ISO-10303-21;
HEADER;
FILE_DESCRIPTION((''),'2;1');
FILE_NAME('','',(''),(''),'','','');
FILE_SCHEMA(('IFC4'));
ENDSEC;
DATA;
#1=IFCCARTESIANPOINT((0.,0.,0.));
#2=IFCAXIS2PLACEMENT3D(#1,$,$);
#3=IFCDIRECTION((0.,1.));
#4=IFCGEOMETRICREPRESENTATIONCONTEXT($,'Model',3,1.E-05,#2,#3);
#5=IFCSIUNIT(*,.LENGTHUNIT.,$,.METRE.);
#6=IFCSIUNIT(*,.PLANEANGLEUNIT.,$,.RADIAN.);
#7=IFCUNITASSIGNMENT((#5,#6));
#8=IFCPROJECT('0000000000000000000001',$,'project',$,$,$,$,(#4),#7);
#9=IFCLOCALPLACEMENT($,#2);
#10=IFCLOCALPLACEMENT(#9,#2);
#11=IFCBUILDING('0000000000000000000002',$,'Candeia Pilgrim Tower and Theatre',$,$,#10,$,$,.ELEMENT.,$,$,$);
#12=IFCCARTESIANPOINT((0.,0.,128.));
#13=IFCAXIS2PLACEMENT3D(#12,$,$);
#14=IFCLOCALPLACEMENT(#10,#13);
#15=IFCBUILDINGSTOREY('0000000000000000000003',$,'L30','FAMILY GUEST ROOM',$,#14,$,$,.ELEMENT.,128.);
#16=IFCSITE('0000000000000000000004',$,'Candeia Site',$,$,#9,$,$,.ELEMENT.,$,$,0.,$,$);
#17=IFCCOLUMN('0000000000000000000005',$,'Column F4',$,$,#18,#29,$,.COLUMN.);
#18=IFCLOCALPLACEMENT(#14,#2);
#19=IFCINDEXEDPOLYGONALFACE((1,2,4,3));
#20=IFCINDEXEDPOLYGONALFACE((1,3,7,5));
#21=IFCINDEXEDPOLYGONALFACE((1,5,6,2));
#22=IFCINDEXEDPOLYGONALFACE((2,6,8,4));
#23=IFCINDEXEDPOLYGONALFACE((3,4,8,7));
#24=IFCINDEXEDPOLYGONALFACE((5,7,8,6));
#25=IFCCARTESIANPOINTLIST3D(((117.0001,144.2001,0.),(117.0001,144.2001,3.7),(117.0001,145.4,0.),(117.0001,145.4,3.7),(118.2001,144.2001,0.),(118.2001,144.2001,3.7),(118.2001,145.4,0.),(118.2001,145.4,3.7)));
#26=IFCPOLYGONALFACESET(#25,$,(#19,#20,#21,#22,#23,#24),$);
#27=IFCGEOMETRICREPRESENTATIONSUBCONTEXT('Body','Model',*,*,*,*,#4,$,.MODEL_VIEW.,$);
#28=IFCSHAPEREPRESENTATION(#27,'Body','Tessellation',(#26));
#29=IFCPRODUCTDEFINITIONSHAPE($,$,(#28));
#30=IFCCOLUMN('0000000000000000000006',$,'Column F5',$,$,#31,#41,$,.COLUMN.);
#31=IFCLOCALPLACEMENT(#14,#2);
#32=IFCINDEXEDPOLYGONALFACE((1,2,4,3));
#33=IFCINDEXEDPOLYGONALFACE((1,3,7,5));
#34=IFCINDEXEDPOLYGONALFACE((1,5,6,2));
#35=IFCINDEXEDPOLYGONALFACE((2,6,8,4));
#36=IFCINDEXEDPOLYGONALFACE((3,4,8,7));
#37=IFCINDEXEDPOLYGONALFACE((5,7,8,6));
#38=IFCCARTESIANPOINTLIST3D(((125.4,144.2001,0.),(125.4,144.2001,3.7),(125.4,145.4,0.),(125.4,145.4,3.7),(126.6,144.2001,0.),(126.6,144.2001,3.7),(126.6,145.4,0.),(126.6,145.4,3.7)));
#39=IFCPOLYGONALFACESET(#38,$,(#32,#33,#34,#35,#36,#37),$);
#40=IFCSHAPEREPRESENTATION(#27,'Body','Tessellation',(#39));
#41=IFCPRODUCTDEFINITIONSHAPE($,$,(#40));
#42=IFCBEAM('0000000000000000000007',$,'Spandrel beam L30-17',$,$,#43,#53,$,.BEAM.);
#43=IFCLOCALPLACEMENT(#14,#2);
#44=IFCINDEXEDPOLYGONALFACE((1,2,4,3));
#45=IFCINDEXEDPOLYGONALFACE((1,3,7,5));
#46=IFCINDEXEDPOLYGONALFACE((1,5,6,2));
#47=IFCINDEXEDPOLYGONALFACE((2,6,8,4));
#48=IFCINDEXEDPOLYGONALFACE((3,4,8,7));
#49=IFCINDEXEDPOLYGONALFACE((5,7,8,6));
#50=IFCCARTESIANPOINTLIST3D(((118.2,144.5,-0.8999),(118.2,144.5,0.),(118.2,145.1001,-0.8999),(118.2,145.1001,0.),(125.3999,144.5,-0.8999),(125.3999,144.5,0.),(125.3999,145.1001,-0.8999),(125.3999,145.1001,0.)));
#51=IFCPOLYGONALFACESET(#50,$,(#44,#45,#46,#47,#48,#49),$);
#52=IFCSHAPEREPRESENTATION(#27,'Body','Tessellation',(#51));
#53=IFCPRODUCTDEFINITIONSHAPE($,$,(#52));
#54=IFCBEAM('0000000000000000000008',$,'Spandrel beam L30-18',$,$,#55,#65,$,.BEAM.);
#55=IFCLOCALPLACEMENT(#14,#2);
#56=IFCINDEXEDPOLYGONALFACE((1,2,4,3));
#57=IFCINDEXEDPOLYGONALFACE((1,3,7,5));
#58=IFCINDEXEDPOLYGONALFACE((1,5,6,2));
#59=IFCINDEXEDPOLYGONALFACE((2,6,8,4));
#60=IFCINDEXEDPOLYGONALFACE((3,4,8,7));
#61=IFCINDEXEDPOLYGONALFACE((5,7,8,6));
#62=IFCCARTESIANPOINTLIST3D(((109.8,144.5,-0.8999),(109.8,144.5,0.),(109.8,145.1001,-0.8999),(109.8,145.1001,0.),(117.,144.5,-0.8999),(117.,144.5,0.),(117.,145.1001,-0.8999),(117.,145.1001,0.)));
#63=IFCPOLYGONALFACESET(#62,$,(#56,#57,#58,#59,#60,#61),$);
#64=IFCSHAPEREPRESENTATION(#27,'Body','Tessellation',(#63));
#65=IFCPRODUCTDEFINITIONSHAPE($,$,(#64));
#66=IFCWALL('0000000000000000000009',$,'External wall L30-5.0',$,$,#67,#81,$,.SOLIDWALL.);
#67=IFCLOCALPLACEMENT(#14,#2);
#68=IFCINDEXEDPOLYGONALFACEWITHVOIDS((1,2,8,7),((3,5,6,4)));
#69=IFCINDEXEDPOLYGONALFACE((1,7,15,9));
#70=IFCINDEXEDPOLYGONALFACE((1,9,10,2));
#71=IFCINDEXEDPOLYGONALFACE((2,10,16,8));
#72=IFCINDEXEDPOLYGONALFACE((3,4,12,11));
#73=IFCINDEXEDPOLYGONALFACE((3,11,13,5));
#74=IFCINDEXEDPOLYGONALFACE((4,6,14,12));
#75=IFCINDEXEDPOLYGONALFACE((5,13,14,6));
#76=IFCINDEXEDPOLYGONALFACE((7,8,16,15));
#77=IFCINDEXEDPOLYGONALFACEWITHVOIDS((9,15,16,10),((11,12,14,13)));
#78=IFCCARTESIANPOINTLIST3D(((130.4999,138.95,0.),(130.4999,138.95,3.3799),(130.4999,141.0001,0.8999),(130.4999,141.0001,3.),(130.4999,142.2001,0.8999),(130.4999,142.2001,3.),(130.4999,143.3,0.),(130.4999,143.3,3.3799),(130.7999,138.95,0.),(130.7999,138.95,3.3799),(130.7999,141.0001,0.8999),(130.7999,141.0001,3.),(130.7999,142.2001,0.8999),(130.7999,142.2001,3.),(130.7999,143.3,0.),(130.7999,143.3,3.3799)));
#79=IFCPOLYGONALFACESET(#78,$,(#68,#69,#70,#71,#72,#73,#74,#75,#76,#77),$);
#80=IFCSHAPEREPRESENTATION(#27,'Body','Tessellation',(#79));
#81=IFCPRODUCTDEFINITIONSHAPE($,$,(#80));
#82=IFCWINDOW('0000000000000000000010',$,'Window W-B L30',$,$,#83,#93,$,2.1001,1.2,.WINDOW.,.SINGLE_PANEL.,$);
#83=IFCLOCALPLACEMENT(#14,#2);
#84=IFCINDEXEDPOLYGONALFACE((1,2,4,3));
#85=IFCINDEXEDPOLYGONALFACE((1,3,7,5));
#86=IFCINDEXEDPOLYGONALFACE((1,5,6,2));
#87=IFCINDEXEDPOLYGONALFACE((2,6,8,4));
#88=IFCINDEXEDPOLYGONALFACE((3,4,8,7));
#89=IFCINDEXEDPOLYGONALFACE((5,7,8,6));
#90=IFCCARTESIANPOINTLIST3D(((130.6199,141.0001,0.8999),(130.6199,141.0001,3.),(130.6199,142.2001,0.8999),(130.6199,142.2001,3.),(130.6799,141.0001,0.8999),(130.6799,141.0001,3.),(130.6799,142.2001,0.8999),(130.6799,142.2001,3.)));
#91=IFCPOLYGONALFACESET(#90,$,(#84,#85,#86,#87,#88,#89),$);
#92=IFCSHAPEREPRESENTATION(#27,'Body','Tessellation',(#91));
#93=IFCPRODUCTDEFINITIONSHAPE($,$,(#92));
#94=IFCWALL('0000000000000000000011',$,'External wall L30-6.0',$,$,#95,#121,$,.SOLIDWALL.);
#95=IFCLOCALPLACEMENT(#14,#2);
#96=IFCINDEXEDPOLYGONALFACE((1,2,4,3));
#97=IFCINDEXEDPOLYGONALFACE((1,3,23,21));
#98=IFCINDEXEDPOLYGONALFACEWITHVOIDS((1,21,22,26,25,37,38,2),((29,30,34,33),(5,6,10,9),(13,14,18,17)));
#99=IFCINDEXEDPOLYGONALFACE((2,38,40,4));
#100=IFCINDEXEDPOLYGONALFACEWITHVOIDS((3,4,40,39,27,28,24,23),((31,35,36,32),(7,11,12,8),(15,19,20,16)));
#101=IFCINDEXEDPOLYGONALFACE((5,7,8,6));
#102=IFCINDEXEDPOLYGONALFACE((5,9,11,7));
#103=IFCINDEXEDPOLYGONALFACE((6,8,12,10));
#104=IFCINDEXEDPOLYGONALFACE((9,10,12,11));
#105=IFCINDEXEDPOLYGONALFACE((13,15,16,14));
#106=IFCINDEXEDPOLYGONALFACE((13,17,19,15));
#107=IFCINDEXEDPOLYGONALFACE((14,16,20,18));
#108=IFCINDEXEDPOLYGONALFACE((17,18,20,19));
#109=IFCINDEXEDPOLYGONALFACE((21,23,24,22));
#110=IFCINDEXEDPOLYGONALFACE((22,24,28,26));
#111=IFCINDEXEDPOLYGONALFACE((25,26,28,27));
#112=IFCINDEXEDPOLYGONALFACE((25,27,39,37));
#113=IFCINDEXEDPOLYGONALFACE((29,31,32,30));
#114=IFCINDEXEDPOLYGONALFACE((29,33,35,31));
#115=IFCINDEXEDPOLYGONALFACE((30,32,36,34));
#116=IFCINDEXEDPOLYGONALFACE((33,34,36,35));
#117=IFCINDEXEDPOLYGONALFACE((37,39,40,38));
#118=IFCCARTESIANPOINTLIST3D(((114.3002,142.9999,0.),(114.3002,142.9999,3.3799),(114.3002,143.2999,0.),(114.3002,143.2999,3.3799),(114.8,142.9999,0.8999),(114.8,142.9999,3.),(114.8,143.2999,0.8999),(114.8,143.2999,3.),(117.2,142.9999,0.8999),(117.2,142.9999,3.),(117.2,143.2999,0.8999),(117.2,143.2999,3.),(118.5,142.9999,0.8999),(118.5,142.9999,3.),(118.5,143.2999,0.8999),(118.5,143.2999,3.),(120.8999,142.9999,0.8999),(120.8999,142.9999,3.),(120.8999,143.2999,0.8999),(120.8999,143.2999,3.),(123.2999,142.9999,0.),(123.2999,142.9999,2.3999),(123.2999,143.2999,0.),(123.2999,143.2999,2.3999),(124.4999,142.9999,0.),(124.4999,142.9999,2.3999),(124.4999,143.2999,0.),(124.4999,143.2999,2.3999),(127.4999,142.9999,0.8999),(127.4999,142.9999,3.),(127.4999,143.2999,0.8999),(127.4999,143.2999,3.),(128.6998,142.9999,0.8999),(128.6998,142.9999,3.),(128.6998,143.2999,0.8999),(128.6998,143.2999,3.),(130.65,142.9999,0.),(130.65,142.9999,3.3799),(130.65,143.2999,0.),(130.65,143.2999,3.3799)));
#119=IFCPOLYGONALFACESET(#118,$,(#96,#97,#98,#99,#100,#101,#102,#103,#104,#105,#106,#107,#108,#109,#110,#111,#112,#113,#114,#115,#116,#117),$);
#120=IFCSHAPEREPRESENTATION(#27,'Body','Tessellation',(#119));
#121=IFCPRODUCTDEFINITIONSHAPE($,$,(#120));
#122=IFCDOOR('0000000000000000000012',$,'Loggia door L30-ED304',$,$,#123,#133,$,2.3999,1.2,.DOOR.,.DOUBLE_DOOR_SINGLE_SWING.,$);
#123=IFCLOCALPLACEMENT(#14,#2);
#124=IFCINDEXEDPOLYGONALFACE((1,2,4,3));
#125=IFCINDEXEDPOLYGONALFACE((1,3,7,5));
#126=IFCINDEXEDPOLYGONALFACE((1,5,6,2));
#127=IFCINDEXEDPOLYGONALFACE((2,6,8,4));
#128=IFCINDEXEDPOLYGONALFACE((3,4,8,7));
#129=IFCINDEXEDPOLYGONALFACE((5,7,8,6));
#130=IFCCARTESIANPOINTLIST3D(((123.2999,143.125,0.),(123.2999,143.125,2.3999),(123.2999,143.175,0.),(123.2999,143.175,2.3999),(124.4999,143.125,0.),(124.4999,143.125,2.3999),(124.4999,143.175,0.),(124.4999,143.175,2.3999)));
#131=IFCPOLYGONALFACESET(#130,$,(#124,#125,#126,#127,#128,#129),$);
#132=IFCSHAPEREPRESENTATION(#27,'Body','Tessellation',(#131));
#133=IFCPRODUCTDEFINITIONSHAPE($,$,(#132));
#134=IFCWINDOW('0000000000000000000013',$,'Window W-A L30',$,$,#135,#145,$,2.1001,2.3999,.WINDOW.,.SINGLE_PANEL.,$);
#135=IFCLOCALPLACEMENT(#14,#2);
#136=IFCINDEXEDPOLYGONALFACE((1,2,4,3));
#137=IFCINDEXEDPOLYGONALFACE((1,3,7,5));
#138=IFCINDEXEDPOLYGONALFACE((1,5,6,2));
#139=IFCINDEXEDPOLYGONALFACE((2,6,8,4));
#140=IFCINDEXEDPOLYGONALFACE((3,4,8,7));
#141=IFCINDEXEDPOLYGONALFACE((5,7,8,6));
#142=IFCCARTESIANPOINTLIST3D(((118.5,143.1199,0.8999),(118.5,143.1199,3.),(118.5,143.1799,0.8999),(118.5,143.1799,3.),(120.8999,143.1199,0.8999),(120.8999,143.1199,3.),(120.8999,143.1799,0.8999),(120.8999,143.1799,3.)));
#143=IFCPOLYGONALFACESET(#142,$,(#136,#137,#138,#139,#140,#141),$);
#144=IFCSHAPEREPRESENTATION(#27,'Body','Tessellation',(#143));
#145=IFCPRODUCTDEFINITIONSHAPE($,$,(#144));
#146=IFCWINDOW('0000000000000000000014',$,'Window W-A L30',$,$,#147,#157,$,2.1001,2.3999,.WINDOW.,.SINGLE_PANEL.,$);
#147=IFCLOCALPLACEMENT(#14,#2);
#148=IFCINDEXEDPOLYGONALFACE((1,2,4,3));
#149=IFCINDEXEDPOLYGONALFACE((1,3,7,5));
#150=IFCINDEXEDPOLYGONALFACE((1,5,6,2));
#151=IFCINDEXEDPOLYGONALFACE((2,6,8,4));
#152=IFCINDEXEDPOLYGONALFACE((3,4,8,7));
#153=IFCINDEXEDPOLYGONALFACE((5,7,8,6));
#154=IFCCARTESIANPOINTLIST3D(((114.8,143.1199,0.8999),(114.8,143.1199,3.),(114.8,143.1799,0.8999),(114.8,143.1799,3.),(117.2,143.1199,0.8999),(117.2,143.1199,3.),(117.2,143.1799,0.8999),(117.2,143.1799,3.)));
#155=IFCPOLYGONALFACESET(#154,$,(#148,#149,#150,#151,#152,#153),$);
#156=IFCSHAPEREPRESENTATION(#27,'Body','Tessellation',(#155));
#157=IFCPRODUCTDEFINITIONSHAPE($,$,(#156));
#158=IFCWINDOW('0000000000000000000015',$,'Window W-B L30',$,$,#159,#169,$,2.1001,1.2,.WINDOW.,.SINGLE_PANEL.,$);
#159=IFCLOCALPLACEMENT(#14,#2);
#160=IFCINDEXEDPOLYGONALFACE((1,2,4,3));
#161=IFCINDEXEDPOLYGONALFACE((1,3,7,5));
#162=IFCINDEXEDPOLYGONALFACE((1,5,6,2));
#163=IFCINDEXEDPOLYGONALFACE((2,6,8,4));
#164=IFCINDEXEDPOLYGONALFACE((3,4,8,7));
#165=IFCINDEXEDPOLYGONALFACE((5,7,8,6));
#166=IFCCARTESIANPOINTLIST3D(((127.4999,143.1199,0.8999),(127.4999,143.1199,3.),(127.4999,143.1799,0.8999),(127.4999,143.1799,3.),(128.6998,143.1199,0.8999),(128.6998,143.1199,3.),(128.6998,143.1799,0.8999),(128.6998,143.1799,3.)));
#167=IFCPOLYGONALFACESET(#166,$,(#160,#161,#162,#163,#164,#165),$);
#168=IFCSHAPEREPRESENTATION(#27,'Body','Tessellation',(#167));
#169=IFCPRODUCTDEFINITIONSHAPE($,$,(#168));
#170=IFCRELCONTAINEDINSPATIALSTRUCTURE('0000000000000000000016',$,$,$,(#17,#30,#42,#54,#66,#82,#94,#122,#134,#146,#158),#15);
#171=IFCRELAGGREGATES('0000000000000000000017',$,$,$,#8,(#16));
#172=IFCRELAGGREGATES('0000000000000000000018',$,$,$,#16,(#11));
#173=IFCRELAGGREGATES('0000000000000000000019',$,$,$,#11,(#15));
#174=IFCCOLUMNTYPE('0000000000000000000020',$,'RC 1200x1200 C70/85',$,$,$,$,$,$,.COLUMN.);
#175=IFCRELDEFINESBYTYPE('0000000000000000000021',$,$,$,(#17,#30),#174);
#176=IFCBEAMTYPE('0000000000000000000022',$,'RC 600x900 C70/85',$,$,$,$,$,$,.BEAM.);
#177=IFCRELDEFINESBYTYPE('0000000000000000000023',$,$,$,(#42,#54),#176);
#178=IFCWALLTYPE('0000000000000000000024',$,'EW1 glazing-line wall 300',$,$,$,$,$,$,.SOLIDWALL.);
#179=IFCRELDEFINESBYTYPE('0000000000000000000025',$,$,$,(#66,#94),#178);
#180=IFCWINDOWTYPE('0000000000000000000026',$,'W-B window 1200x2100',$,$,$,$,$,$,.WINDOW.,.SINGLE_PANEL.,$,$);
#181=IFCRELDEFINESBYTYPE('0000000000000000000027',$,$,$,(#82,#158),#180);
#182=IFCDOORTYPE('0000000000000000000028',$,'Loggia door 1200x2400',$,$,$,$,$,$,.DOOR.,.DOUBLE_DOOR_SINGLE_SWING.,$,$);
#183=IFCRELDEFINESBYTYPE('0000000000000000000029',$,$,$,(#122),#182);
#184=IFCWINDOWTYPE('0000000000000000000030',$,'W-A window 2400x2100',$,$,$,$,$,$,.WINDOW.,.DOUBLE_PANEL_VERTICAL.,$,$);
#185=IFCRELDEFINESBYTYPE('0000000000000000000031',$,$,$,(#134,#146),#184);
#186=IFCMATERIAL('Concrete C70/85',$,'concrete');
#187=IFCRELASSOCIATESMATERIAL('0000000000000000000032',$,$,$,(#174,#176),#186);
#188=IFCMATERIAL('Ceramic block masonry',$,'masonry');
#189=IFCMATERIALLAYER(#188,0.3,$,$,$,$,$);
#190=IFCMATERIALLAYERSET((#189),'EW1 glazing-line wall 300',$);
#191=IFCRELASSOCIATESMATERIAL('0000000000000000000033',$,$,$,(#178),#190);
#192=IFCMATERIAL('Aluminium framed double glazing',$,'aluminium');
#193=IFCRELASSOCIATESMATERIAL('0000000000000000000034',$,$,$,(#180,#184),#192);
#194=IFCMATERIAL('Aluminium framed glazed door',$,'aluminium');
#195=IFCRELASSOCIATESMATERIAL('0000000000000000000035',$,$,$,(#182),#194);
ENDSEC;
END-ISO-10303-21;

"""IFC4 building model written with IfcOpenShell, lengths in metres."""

from ifc_helpers import new_model, si_unit, direction, frame, frame_2d, origin, origin_2d, place, context, subcontext, project, spatial, rectangle, extrude, material, layer, layer_set, material_profile, profile_set, type_object, element, fill, save


model = new_model("IFC4")

# Units and contexts
model_context = context("Model", 3, precision=1e-05, world=origin(), true_north=direction((0.0, 1.0)))
body_context = subcontext(model_context, "Body", "Model", "MODEL_VIEW")
ifc_project = project(units=[si_unit("LENGTHUNIT", "METRE"), si_unit("PLANEANGLEUNIT", "RADIAN")], contexts=[model_context])

# Site, building, storey
site_placement = place(None, origin())
site = spatial("IfcSite", under=ifc_project, at=site_placement, Name="Candeia Site", CompositionType="ELEMENT", RefElevation=0.0)
building_placement = place(site_placement, origin())
building = spatial("IfcBuilding", under=site, at=building_placement, Name="Candeia Pilgrim Tower and Theatre", CompositionType="ELEMENT")
storey_placement = place(building_placement, frame((0.0, 0.0, 128.0)))
storey = spatial("IfcBuildingStorey", under=building, at=storey_placement, Name="L30", Description="FAMILY GUEST ROOM", CompositionType="ELEMENT", Elevation=128.0)

# Columns
ifc_material_1 = material(Name="Concrete C70/85", Category="concrete")
ifc_material_profile_1 = material_profile(ifc_material_1, rectangle(XDim=1.2, YDim=1.2, at=origin_2d()))
ifc_profile_set_1 = profile_set([ifc_material_profile_1], Name="Concrete C70/85")
column_type = type_object("IfcColumnType", Name="RC 1200x1200 C70/85", PredefinedType="COLUMN", material=ifc_profile_set_1)
for number, where, z_axis, x_axis, name in (
    (1, (117.6001, 144.8, 0.0), (0.0, 0.0, 1.0), (1.0, 0.0, 0.0), "Column F4"),
    (2, (126.0, 144.8, 0.0), (0.0, 0.0, 1.0), (1.0, 0.0, 0.0), "Column F5"),
):
    element("IfcColumn", number, at=place(storey_placement, frame(where, z_axis=z_axis, x_axis=x_axis)), inside=storey, type_object=column_type, Name=name, PredefinedType="COLUMN", context=body_context, shape_type="SweptSolid", body=[
        extrude(rectangle(XDim=1.2, YDim=1.2, at=origin_2d()), origin(), (0.0, 0.0, 1.0), 3.7),
    ])

# Beams
ifc_material_profile_2 = material_profile(ifc_material_1, rectangle(XDim=0.6001, YDim=0.8999, at=origin_2d()))
ifc_profile_set_2 = profile_set([ifc_material_profile_2], Name="Concrete C70/85")
beam_type = type_object("IfcBeamType", Name="RC 600x900 C70/85", PredefinedType="BEAM", material=ifc_profile_set_2)
for number, where, z_axis, x_axis, name in (
    (3, (125.3999, 144.8, -0.45), (-1.0, 0.0, 0.0), (0.0, -1.0, 0.0), "Spandrel beam L30-17"),
    (4, (117.0, 144.8, -0.45), (-1.0, 0.0, 0.0), (0.0, -1.0, 0.0), "Spandrel beam L30-18"),
):
    element("IfcBeam", number, at=place(storey_placement, frame(where, z_axis=z_axis, x_axis=x_axis)), inside=storey, type_object=beam_type, Name=name, PredefinedType="BEAM", context=body_context, shape_type="SweptSolid", body=[
        extrude(rectangle(XDim=0.6001, YDim=0.8999, at=origin_2d()), origin(), (0.0, 0.0, 1.0), 7.2),
    ])

# Wall, opening, window
ifc_material_2 = material(Name="Ceramic block masonry", Category="masonry")
ifc_layer_1 = layer(ifc_material_2, 0.3)
ifc_layer_set_1 = layer_set([ifc_layer_1], Name="EW1 glazing-line wall 300")
wall_type_1 = type_object("IfcWallType", Name="EW1 glazing-line wall 300", PredefinedType="SOLIDWALL", material=ifc_layer_set_1)
wall_1_placement = place(storey_placement, frame((130.6499, 138.95, 0.0), z_axis=(0.0, 0.0, 1.0), x_axis=(0.0, 1.0, 0.0)))
wall_1 = element("IfcWall", 5, at=wall_1_placement, inside=storey, type_object=wall_type_1, Name="External wall L30-5.0", PredefinedType="SOLIDWALL", context=body_context, shape_type="SweptSolid", body=[
    extrude(rectangle(XDim=4.3501, YDim=0.3, at=frame_2d((2.175, 0.0))), origin(), (0.0, 0.0, 1.0), 3.3799),
])
opening_1_placement = place(wall_1_placement, frame((2.05, 0.0, 0.8999)))
opening_1 = element("IfcOpeningElement", 6, at=opening_1_placement, cuts=wall_1, PredefinedType="OPENING", context=body_context, shape_type="SweptSolid", body=[
    extrude(rectangle(XDim=1.2, YDim=2.1001, at=frame_2d((0.6001, 1.05))), frame((0.0, 0.1602, 0.0), z_axis=(0.0, -1.0, 0.0), x_axis=(1.0, 0.0, 0.0)), (0.0, 0.0, 1.0), 0.3201),
])
ifc_material_3 = material(Name="Aluminium framed double glazing", Category="aluminium")
window_type_1 = type_object("IfcWindowType", Name="W-B window 1200x2100", PartitioningType="SINGLE_PANEL", PredefinedType="WINDOW", material=ifc_material_3)
window_1_placement = place(opening_1_placement, origin())
window_1 = element("IfcWindow", 7, at=window_1_placement, inside=storey, type_object=window_type_1, Name="Window W-B L30", OverallHeight=2.1001, OverallWidth=1.2, PartitioningType="SINGLE_PANEL", PredefinedType="WINDOW", context=body_context, shape_type="SweptSolid", body=[
    extrude(rectangle(XDim=1.2, YDim=2.1001, at=frame_2d((0.6001, 1.05))), frame((0.0, 0.03, 0.0), z_axis=(0.0, -1.0, 0.0), x_axis=(1.0, 0.0, 0.0)), (0.0, 0.0, 1.0), 0.0601),
])
fill(opening_1, window_1)

# Wall, openings, door, windows
wall_2_placement = place(storey_placement, frame((130.6499, 143.1499, 0.0), z_axis=(0.0, 0.0, 1.0), x_axis=(-1.0, 0.0, 0.0)))
wall_2 = element("IfcWall", 8, at=wall_2_placement, inside=storey, type_object=wall_type_1, Name="External wall L30-6.0", PredefinedType="SOLIDWALL", context=body_context, shape_type="SweptSolid", body=[
    extrude(rectangle(XDim=16.3499, YDim=0.3, at=frame_2d((8.1748, 0.0))), origin(), (0.0, 0.0, 1.0), 3.3799),
])
opening_2_placement = place(wall_2_placement, frame((1.95, 0.0, 0.8999)))
opening_2 = element("IfcOpeningElement", 9, at=opening_2_placement, cuts=wall_2, PredefinedType="OPENING", context=body_context, shape_type="SweptSolid", body=[
    extrude(rectangle(XDim=1.2, YDim=2.1001, at=frame_2d((0.6001, 1.05))), frame((0.0, 0.1602, 0.0), z_axis=(0.0, -1.0, 0.0), x_axis=(1.0, 0.0, 0.0)), (0.0, 0.0, 1.0), 0.3201),
])
opening_3_placement = place(wall_2_placement, frame((6.1499, 0.0, 0.0)))
opening_3 = element("IfcOpeningElement", 10, at=opening_3_placement, cuts=wall_2, PredefinedType="OPENING", context=body_context, shape_type="SweptSolid", body=[
    extrude(rectangle(XDim=1.2, YDim=2.3999, at=frame_2d((0.6001, 1.2))), frame((0.0, 0.1602, 0.0), z_axis=(0.0, -1.0, 0.0), x_axis=(1.0, 0.0, 0.0)), (0.0, 0.0, 1.0), 0.3201),
])
opening_4_placement = place(wall_2_placement, frame((9.75, 0.0, 0.8999)))
opening_4 = element("IfcOpeningElement", 11, at=opening_4_placement, cuts=wall_2, PredefinedType="OPENING", context=body_context, shape_type="SweptSolid", body=[
    extrude(rectangle(XDim=2.3999, YDim=2.1001, at=frame_2d((1.2, 1.05))), frame((0.0, 0.1602, 0.0), z_axis=(0.0, -1.0, 0.0), x_axis=(1.0, 0.0, 0.0)), (0.0, 0.0, 1.0), 0.3201),
])
opening_5_placement = place(wall_2_placement, frame((13.45, 0.0, 0.8999)))
opening_5 = element("IfcOpeningElement", 12, at=opening_5_placement, cuts=wall_2, PredefinedType="OPENING", context=body_context, shape_type="SweptSolid", body=[
    extrude(rectangle(XDim=2.3999, YDim=2.1001, at=frame_2d((1.2, 1.05))), frame((0.0, 0.1602, 0.0), z_axis=(0.0, -1.0, 0.0), x_axis=(1.0, 0.0, 0.0)), (0.0, 0.0, 1.0), 0.3201),
])
ifc_material_4 = material(Name="Aluminium framed glazed door", Category="aluminium")
door_type_1 = type_object("IfcDoorType", Name="Loggia door 1200x2400", OperationType="DOUBLE_DOOR_SINGLE_SWING", PredefinedType="DOOR", material=ifc_material_4)
door_1_placement = place(opening_3_placement, origin())
door_1 = element("IfcDoor", 13, at=door_1_placement, inside=storey, type_object=door_type_1, Name="Loggia door L30-ED304", OperationType="DOUBLE_DOOR_SINGLE_SWING", OverallHeight=2.3999, OverallWidth=1.2, PredefinedType="DOOR", context=body_context, shape_type="SweptSolid", body=[
    extrude(rectangle(XDim=1.2, YDim=2.3999, at=frame_2d((0.6001, 1.2))), frame((0.0, 0.0249, 0.0), z_axis=(0.0, -1.0, 0.0), x_axis=(1.0, 0.0, 0.0)), (0.0, 0.0, 1.0), 0.05),
])
fill(opening_3, door_1)
window_type_2 = type_object("IfcWindowType", Name="W-A window 2400x2100", PartitioningType="DOUBLE_PANEL_VERTICAL", PredefinedType="WINDOW", material=ifc_material_3)
window_2_placement = place(opening_4_placement, origin())
window_2 = element("IfcWindow", 14, at=window_2_placement, inside=storey, type_object=window_type_2, Name="Window W-A L30", OverallHeight=2.1001, OverallWidth=2.3999, PartitioningType="SINGLE_PANEL", PredefinedType="WINDOW", context=body_context, shape_type="SweptSolid", body=[
    extrude(rectangle(XDim=2.3999, YDim=2.1001, at=frame_2d((1.2, 1.05))), frame((0.0, 0.03, 0.0), z_axis=(0.0, -1.0, 0.0), x_axis=(1.0, 0.0, 0.0)), (0.0, 0.0, 1.0), 0.0601),
])
fill(opening_4, window_2)
window_3_placement = place(opening_5_placement, origin())
window_3 = element("IfcWindow", 15, at=window_3_placement, inside=storey, type_object=window_type_2, Name="Window W-A L30", OverallHeight=2.1001, OverallWidth=2.3999, PartitioningType="SINGLE_PANEL", PredefinedType="WINDOW", context=body_context, shape_type="SweptSolid", body=[
    extrude(rectangle(XDim=2.3999, YDim=2.1001, at=frame_2d((1.2, 1.05))), frame((0.0, 0.03, 0.0), z_axis=(0.0, -1.0, 0.0), x_axis=(1.0, 0.0, 0.0)), (0.0, 0.0, 1.0), 0.0601),
])
fill(opening_5, window_3)
window_4_placement = place(opening_2_placement, origin())
window_4 = element("IfcWindow", 16, at=window_4_placement, inside=storey, type_object=window_type_1, Name="Window W-B L30", OverallHeight=2.1001, OverallWidth=1.2, PartitioningType="SINGLE_PANEL", PredefinedType="WINDOW", context=body_context, shape_type="SweptSolid", body=[
    extrude(rectangle(XDim=1.2, YDim=2.1001, at=frame_2d((0.6001, 1.05))), frame((0.0, 0.03, 0.0), z_axis=(0.0, -1.0, 0.0), x_axis=(1.0, 0.0, 0.0)), (0.0, 0.0, 1.0), 0.0601),
])
fill(opening_2, window_4)

save(model, "model.ifc")
